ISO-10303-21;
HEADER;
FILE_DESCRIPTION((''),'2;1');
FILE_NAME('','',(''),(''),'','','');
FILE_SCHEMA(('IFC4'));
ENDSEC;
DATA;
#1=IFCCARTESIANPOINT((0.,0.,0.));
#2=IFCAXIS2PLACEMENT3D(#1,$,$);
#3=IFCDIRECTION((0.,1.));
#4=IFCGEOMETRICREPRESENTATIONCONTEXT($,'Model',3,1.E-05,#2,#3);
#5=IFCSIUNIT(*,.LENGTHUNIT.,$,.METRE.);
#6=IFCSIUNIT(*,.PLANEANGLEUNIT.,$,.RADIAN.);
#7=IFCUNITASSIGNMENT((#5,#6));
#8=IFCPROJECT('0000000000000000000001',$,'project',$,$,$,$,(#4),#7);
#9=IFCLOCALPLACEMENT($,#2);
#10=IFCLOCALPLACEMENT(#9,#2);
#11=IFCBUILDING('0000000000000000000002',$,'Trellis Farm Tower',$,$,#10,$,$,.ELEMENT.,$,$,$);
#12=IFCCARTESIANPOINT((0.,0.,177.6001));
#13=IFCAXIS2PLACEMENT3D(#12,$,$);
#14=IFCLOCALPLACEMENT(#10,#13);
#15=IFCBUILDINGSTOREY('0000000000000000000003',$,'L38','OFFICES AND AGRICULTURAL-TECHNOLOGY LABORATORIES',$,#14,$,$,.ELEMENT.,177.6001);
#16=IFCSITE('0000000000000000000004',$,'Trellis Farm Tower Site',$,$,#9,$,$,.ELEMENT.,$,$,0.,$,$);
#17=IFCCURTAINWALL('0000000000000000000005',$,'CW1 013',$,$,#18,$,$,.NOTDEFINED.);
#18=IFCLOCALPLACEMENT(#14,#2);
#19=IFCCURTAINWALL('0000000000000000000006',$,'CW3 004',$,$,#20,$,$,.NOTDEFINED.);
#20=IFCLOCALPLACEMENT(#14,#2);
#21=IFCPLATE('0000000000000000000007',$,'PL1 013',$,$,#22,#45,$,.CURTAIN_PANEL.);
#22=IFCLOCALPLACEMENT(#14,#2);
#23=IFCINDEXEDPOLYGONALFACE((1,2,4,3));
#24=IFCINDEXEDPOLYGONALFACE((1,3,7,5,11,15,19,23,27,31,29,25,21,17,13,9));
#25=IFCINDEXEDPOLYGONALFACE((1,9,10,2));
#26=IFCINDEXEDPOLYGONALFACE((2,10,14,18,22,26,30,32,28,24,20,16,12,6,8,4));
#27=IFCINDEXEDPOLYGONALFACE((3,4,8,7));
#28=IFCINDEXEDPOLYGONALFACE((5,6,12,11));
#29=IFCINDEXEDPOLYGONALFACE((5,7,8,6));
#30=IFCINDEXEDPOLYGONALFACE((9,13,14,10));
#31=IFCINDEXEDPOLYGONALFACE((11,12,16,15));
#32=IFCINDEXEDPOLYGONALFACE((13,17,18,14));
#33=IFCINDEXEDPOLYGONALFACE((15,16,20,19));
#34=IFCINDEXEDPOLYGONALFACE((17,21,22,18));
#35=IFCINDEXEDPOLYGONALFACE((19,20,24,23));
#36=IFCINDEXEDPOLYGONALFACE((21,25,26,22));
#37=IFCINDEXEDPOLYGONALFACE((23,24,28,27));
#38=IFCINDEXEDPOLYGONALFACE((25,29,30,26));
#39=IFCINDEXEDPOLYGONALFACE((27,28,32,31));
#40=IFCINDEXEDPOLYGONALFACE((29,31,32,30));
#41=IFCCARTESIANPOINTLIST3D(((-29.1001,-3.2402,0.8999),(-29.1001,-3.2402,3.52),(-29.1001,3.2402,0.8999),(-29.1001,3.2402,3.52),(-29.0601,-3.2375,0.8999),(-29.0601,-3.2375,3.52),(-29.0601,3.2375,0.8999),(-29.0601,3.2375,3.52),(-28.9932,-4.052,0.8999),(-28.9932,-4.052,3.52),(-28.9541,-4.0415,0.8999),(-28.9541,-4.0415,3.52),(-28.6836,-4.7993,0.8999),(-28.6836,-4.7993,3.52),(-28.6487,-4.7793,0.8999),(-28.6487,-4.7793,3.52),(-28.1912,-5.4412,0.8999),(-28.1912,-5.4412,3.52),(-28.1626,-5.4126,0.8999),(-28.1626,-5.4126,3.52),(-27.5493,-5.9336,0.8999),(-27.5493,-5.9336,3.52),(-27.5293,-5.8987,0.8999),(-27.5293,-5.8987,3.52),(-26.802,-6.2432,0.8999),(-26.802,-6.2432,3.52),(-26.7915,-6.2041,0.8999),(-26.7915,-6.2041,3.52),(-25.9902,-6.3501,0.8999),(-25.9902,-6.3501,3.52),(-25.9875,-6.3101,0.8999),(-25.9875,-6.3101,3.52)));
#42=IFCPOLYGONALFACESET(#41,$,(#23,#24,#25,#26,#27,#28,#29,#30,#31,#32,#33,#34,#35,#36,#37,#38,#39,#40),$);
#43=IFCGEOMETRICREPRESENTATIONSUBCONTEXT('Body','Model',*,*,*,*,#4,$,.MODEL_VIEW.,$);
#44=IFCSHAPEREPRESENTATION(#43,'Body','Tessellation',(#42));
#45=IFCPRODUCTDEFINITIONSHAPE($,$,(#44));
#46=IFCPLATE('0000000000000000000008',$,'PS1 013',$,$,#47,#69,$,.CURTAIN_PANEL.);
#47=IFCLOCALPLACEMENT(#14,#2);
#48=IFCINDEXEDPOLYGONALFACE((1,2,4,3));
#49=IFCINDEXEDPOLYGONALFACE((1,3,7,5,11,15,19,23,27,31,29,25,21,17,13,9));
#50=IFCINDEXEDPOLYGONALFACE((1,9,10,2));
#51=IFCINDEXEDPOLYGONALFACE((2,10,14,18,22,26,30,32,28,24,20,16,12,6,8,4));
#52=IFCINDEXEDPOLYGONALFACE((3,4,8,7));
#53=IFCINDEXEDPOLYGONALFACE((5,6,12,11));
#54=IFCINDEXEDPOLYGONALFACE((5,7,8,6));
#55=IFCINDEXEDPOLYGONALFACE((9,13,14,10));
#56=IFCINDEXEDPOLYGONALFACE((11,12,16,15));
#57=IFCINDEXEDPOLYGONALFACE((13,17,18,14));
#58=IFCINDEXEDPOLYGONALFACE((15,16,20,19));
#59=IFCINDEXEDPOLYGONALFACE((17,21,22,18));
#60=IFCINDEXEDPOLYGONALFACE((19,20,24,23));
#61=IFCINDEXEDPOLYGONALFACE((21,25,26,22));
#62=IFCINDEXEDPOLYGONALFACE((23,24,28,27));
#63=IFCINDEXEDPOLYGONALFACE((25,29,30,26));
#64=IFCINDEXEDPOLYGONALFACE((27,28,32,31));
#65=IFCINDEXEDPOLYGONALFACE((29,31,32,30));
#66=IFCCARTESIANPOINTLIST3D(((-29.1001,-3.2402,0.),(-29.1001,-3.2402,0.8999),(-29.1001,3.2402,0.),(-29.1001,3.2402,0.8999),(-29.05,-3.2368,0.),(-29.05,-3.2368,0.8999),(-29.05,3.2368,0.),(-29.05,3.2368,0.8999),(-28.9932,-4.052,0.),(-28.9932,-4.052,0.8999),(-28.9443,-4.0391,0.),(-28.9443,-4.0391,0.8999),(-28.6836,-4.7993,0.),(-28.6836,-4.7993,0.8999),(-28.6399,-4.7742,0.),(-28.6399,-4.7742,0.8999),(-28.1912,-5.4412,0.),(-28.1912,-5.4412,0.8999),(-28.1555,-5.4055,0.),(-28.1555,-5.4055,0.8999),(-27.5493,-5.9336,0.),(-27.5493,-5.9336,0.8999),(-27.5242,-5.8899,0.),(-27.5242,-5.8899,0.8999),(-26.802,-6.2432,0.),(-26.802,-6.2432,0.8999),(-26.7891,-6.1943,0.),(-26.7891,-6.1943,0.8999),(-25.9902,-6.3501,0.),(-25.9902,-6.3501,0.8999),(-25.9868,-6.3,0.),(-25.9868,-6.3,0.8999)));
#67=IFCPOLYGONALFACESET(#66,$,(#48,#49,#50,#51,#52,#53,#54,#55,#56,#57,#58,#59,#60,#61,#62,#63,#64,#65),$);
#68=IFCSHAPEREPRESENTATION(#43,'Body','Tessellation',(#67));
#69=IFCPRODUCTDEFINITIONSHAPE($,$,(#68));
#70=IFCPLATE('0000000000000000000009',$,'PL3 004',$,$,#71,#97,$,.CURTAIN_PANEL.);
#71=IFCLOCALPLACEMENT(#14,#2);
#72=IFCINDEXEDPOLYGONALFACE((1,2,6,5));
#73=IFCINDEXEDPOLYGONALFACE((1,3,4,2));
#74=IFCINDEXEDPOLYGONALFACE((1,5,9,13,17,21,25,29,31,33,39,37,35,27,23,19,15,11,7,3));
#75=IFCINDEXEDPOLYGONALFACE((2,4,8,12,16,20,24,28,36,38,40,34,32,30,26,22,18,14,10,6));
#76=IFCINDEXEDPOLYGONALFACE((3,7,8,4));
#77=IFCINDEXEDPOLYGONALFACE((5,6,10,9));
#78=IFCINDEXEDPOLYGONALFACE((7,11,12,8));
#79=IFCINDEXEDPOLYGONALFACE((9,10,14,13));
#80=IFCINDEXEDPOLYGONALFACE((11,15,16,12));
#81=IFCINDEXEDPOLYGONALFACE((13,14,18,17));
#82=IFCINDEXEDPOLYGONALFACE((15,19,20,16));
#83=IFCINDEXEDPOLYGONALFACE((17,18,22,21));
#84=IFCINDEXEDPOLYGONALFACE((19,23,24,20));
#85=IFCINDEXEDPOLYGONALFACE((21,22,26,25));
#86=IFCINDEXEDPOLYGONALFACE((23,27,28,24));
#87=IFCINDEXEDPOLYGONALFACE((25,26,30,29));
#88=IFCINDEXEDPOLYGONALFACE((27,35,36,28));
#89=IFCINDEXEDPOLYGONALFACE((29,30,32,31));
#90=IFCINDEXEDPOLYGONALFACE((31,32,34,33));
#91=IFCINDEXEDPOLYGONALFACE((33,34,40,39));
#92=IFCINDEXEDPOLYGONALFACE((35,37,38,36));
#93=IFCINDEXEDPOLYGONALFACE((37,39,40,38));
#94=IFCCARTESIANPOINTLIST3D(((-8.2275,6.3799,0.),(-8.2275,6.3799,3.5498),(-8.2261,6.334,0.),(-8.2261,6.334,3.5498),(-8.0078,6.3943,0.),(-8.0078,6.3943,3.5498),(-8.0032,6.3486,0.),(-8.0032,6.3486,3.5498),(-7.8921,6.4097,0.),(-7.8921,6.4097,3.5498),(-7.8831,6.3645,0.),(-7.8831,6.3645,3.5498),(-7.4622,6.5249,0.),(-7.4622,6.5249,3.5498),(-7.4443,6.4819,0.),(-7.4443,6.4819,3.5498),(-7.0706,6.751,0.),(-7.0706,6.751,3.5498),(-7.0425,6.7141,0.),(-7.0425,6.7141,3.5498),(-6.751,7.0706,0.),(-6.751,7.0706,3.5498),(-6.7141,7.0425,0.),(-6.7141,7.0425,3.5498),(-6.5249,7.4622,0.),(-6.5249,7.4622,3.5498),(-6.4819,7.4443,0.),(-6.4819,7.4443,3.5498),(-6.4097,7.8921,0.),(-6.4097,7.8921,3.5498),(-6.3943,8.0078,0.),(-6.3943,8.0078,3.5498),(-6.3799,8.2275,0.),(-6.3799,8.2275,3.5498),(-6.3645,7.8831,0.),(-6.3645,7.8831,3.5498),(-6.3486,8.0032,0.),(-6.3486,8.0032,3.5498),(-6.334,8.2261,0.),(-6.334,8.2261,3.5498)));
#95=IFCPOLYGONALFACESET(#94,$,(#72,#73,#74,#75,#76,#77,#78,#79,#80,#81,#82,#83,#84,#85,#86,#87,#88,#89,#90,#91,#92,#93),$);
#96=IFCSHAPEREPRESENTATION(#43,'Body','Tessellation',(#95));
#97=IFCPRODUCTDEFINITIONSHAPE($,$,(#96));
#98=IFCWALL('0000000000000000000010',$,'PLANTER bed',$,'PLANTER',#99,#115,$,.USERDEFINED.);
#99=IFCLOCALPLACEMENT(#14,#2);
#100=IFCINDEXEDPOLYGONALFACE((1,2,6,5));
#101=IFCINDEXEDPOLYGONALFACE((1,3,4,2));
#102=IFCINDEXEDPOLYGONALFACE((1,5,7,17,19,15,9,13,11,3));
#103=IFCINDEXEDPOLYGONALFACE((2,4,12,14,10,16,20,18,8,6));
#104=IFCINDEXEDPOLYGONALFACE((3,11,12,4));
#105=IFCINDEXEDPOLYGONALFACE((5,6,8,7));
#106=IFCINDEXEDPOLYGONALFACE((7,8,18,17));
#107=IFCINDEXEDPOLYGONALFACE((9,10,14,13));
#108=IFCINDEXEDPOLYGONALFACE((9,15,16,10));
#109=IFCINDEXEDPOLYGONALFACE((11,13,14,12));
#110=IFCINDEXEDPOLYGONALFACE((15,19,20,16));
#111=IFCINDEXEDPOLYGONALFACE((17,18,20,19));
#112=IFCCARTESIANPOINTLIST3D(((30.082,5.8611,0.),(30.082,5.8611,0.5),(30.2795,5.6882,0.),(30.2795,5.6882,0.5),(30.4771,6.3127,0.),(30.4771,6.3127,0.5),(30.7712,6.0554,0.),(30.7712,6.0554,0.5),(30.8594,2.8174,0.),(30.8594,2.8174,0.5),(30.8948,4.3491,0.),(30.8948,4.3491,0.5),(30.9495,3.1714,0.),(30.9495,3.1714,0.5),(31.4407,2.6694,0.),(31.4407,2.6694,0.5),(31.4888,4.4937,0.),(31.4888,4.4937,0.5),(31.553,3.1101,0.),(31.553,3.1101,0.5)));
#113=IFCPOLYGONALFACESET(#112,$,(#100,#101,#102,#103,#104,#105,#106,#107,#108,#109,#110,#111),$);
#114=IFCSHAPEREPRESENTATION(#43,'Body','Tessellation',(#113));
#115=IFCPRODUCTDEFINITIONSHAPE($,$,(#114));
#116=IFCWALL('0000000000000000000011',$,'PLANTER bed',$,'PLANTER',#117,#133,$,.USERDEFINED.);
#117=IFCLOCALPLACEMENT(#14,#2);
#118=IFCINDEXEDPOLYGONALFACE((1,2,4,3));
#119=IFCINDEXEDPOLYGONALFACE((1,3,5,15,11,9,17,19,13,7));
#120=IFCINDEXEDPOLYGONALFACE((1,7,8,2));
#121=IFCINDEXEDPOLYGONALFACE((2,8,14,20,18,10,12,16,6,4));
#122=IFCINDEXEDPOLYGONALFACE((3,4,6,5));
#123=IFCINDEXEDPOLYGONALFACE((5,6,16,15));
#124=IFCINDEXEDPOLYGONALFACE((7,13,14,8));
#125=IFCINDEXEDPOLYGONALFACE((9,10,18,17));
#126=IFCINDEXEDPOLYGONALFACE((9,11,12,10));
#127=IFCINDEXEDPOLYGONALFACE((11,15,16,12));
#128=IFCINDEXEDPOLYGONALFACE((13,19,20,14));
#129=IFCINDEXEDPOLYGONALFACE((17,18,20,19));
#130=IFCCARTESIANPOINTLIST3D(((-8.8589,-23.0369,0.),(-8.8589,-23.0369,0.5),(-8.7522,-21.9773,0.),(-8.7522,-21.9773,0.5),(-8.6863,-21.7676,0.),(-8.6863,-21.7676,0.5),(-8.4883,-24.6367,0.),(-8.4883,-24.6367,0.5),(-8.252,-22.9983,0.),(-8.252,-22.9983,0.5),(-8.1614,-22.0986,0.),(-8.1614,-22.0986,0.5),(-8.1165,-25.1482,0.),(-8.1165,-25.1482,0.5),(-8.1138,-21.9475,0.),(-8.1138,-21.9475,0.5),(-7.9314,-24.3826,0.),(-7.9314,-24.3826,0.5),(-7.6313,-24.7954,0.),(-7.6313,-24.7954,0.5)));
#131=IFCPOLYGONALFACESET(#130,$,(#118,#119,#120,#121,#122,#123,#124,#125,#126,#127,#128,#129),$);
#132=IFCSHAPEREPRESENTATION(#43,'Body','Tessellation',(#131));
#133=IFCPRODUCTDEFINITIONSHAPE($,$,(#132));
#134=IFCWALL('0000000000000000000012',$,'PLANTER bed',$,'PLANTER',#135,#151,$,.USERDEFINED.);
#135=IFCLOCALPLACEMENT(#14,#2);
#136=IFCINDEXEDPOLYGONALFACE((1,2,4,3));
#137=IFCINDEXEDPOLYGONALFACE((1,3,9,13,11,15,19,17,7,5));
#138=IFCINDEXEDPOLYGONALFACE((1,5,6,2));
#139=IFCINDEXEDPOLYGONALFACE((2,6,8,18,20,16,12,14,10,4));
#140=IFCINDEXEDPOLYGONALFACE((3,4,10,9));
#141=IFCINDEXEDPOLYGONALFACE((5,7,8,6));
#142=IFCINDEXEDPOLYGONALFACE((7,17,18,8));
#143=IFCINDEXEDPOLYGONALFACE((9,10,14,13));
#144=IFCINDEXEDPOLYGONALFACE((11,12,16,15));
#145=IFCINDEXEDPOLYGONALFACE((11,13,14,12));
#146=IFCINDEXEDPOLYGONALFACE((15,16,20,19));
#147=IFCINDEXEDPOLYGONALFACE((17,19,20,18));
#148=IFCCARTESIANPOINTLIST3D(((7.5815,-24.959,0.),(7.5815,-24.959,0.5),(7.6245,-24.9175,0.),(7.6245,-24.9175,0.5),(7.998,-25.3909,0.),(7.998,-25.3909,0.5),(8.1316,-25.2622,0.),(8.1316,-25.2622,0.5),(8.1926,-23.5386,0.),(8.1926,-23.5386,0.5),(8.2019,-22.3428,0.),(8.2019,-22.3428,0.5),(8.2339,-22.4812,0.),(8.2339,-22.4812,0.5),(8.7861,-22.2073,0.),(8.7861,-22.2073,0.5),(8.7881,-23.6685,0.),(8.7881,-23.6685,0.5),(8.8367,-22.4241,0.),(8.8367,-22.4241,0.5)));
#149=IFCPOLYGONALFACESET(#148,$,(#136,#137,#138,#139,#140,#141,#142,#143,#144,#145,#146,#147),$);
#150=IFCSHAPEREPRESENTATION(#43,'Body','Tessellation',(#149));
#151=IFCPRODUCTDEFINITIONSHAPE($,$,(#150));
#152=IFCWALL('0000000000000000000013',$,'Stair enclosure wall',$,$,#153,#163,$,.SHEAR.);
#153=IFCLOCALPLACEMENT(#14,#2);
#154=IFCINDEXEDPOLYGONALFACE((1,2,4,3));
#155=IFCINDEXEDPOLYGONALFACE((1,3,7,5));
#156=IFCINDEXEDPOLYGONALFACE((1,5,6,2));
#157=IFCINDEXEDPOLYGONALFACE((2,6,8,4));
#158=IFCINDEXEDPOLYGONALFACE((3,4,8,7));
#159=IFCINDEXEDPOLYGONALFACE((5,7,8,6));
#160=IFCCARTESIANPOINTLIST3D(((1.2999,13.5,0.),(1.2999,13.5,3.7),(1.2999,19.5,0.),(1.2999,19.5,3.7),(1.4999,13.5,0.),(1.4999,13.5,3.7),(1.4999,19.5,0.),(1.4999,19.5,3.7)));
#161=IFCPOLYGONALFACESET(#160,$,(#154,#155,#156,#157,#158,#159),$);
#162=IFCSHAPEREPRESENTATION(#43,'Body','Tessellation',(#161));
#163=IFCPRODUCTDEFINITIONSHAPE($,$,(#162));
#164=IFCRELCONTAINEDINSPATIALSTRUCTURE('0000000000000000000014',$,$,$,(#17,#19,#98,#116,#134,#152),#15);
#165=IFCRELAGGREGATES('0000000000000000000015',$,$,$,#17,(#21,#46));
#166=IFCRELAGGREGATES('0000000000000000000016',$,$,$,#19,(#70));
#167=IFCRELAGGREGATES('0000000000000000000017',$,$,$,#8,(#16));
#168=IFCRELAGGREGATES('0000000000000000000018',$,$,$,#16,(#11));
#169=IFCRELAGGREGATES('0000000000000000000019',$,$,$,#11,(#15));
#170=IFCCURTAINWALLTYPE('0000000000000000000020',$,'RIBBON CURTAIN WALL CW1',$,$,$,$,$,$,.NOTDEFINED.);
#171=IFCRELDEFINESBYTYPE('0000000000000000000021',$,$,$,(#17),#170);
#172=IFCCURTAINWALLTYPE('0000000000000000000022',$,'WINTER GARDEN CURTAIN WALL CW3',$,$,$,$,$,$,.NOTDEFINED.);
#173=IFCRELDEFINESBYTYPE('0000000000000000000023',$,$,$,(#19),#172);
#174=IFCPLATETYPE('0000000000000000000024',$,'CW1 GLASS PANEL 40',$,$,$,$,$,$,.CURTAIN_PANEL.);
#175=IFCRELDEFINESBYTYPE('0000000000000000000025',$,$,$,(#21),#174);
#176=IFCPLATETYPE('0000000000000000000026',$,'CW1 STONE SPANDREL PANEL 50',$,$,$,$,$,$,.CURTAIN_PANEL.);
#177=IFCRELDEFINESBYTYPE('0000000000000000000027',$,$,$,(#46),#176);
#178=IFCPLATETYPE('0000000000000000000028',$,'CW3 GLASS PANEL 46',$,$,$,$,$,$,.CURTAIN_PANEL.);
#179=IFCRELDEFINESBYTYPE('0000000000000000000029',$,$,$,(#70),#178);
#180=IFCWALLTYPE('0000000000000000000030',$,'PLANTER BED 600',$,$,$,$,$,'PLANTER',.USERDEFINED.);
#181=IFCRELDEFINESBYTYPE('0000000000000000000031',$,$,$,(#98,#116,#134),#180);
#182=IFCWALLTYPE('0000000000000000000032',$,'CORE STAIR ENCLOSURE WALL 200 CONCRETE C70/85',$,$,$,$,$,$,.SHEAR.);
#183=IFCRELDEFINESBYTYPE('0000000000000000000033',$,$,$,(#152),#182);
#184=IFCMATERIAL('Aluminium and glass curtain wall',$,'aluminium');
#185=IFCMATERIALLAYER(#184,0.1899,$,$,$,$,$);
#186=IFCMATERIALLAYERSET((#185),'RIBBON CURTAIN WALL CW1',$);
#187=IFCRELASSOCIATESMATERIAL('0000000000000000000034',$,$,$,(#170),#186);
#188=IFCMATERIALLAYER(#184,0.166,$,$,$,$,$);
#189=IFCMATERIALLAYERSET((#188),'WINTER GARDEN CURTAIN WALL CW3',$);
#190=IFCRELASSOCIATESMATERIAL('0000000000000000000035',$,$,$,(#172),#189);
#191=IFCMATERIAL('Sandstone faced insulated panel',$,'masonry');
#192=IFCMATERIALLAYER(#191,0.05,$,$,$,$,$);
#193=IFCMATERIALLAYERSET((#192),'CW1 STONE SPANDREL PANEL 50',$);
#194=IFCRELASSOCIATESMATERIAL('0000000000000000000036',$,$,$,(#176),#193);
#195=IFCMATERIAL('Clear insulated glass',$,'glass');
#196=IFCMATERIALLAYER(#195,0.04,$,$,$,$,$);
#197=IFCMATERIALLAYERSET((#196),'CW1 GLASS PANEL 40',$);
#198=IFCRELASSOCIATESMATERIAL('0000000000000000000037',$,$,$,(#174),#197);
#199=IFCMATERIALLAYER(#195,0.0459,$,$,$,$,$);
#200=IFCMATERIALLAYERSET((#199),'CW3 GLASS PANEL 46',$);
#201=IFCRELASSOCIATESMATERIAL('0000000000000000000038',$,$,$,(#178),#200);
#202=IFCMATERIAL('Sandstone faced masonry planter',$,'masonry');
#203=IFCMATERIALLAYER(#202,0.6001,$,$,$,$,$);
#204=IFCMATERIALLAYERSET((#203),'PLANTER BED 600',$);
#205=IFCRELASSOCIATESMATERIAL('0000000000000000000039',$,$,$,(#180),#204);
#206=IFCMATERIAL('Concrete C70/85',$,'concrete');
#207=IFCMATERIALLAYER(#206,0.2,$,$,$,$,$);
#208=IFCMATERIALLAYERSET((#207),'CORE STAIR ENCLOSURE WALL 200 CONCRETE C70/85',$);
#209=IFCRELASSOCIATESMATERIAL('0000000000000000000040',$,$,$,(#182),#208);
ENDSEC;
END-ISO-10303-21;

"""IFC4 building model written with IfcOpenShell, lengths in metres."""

from ifc_helpers import new_model, si_unit, direction, frame, frame_2d, origin, place, context, subcontext, project, spatial, polyline, rectangle, outline, extrude, source, transform, mapped, material, layer, layer_set, type_object, element, aggregate, save


model = new_model("IFC4")

# Units and contexts
model_context = context("Model", 3, precision=1e-05, world=origin(), true_north=direction((0.0, 1.0)))
body_context = subcontext(model_context, "Body", "Model", "MODEL_VIEW")
ifc_project = project(units=[si_unit("LENGTHUNIT", "METRE"), si_unit("PLANEANGLEUNIT", "RADIAN")], contexts=[model_context])

# Site, building, storey
site_placement = place(None, origin())
site = spatial("IfcSite", under=ifc_project, at=site_placement, Name="Trellis Farm Tower Site", CompositionType="ELEMENT", RefElevation=0.0)
building_placement = place(site_placement, origin())
building = spatial("IfcBuilding", under=site, at=building_placement, Name="Trellis Farm Tower", CompositionType="ELEMENT")
storey_placement = place(building_placement, frame((0.0, 0.0, 177.6001)))
storey = spatial("IfcBuildingStorey", under=building, at=storey_placement, Name="L38", Description="OFFICES AND AGRICULTURAL-TECHNOLOGY LABORATORIES", CompositionType="ELEMENT", Elevation=177.6001)

# Shared definitions
ifc_material_1 = material(Name="Aluminium and glass curtain wall", Category="aluminium")
ifc_layer_1 = layer(ifc_material_1, 0.1899)
ifc_layer_set_1 = layer_set([ifc_layer_1], Name="RIBBON CURTAIN WALL CW1")
curtain_wall_type_1 = type_object("IfcCurtainWallType", Name="RIBBON CURTAIN WALL CW1", PredefinedType="NOTDEFINED", material=ifc_layer_set_1)
placement_1 = place(storey_placement, origin())

# Curtain walls
curtain_wall_1 = element("IfcCurtainWall", 1, at=placement_1, inside=storey, type_object=curtain_wall_type_1, Name="CW1 013", PredefinedType="NOTDEFINED")
ifc_layer_2 = layer(ifc_material_1, 0.166)
ifc_layer_set_2 = layer_set([ifc_layer_2], Name="WINTER GARDEN CURTAIN WALL CW3")
curtain_wall_type_2 = type_object("IfcCurtainWallType", Name="WINTER GARDEN CURTAIN WALL CW3", PredefinedType="NOTDEFINED", material=ifc_layer_set_2)
curtain_wall_2 = element("IfcCurtainWall", 2, at=placement_1, inside=storey, type_object=curtain_wall_type_2, Name="CW3 004", PredefinedType="NOTDEFINED")

# Plates
ifc_material_2 = material(Name="Sandstone faced insulated panel", Category="masonry")
ifc_layer_3 = layer(ifc_material_2, 0.05)
ifc_layer_set_3 = layer_set([ifc_layer_3], Name="CW1 STONE SPANDREL PANEL 50")
plate_type_1 = type_object("IfcPlateType", Name="CW1 STONE SPANDREL PANEL 50", PredefinedType="CURTAIN_PANEL", material=ifc_layer_set_3)
ifc_material_3 = material(Name="Clear insulated glass", Category="glass")
ifc_layer_4 = layer(ifc_material_3, 0.04)
ifc_layer_set_4 = layer_set([ifc_layer_4], Name="CW1 GLASS PANEL 40")
plate_type_2 = type_object("IfcPlateType", Name="CW1 GLASS PANEL 40", PredefinedType="CURTAIN_PANEL", material=ifc_layer_set_4)
placement_2 = place(storey_placement, frame((0.0, 0.0, 0.8999)))
shared_shape_1 = source(origin(), body_context, "Body", "SweptSolid", [
    extrude(outline(polyline([(-29.1001, 3.2402), (-29.1001, -3.2402), (-28.9932, -4.052), (-28.6836, -4.7993), (-28.1912, -5.4412), (-27.5493, -5.9336), (-26.802, -6.2432), (-25.9902, -6.3501), (-25.9875, -6.3101), (-26.7915, -6.2041), (-27.5293, -5.8987), (-28.1626, -5.4126), (-28.6487, -4.7793), (-28.9541, -4.0415), (-29.0601, -3.2375), (-29.0601, 3.2375), (-29.1001, 3.2402)])), origin(), (0.0, 0.0, 1.0), 2.6201),
])
plate_1 = element("IfcPlate", 3, at=placement_2, type_object=plate_type_2, Name="PL1 013", PredefinedType="CURTAIN_PANEL", context=body_context, shape_type="MappedRepresentation", body=[
    mapped(shared_shape_1, transform((0.0, 0.0, 0.0))),
])
shared_shape_2 = source(origin(), body_context, "Body", "SweptSolid", [
    extrude(outline(polyline([(-29.1001, 3.2402), (-29.1001, -3.2402), (-28.9932, -4.052), (-28.6836, -4.7993), (-28.1912, -5.4412), (-27.5493, -5.9336), (-26.802, -6.2432), (-25.9902, -6.3501), (-25.9868, -6.3), (-26.7891, -6.1943), (-27.5242, -5.8899), (-28.1555, -5.4055), (-28.6399, -4.7742), (-28.9443, -4.0391), (-29.05, -3.2368), (-29.05, 3.2368), (-29.1001, 3.2402)])), origin(), (0.0, 0.0, 1.0), 0.8999),
])
plate_2 = element("IfcPlate", 4, at=placement_1, type_object=plate_type_1, Name="PS1 013", PredefinedType="CURTAIN_PANEL", context=body_context, shape_type="MappedRepresentation", body=[
    mapped(shared_shape_2, transform((0.0, 0.0, 0.0))),
])
aggregate(curtain_wall_1, [plate_1, plate_2])
ifc_layer_5 = layer(ifc_material_3, 0.0459)
ifc_layer_set_5 = layer_set([ifc_layer_5], Name="CW3 GLASS PANEL 46")
plate_type_3 = type_object("IfcPlateType", Name="CW3 GLASS PANEL 46", PredefinedType="CURTAIN_PANEL", material=ifc_layer_set_5)
shared_shape_3 = source(origin(), body_context, "Body", "SweptSolid", [
    extrude(outline(polyline([(-6.3799, 8.2275), (-6.3943, 8.0078), (-6.4097, 7.8921), (-6.5249, 7.4622), (-6.751, 7.0706), (-7.0706, 6.751), (-7.4622, 6.5249), (-7.8921, 6.4097), (-8.0078, 6.3943), (-8.2275, 6.3799), (-8.2261, 6.334), (-8.0032, 6.3486), (-7.8831, 6.3645), (-7.4443, 6.4819), (-7.0425, 6.7141), (-6.7141, 7.0425), (-6.4819, 7.4443), (-6.3645, 7.8831), (-6.3486, 8.0032), (-6.334, 8.2261), (-6.3799, 8.2275)])), origin(), (0.0, 0.0, 1.0), 3.5498),
])
plate_3 = element("IfcPlate", 5, at=placement_1, type_object=plate_type_3, Name="PL3 004", PredefinedType="CURTAIN_PANEL", context=body_context, shape_type="MappedRepresentation", body=[
    mapped(shared_shape_3, transform((0.0, 0.0, 0.0))),
])
aggregate(curtain_wall_2, [plate_3])

# Walls
ifc_material_4 = material(Name="Sandstone faced masonry planter", Category="masonry")
ifc_layer_6 = layer(ifc_material_4, 0.6001)
ifc_layer_set_6 = layer_set([ifc_layer_6], Name="PLANTER BED 600")
wall_type_1 = type_object("IfcWallType", Name="PLANTER BED 600", ElementType="PLANTER", PredefinedType="USERDEFINED", material=ifc_layer_set_6)
element("IfcWall", 6, at=placement_1, inside=storey, type_object=wall_type_1, Name="PLANTER bed", ObjectType="PLANTER", PredefinedType="USERDEFINED", context=body_context, shape_type="SweptSolid", body=[
    extrude(outline(polyline([(30.7712, 6.0554), (31.4888, 4.4937), (31.553, 3.1101), (31.4407, 2.6694), (30.8594, 2.8174), (30.9495, 3.1714), (30.8948, 4.3491), (30.2795, 5.6882), (30.082, 5.8611), (30.4771, 6.3127), (30.7712, 6.0554)])), origin(), (0.0, 0.0, 1.0), 0.5),
])
element("IfcWall", 7, at=placement_1, inside=storey, type_object=wall_type_1, Name="PLANTER bed", ObjectType="PLANTER", PredefinedType="USERDEFINED", context=body_context, shape_type="SweptSolid", body=[
    extrude(outline(polyline([(-8.8589, -23.0369), (-8.7522, -21.9773), (-8.6863, -21.7676), (-8.1138, -21.9475), (-8.1614, -22.0986), (-8.252, -22.9983), (-7.9314, -24.3826), (-7.6313, -24.7954), (-8.1165, -25.1482), (-8.4883, -24.6367), (-8.8589, -23.0369)])), origin(), (0.0, 0.0, 1.0), 0.5),
])
element("IfcWall", 8, at=placement_1, inside=storey, type_object=wall_type_1, Name="PLANTER bed", ObjectType="PLANTER", PredefinedType="USERDEFINED", context=body_context, shape_type="SweptSolid", body=[
    extrude(outline(polyline([(8.7881, -23.6685), (8.1316, -25.2622), (7.998, -25.3909), (7.5815, -24.959), (7.6245, -24.9175), (8.1926, -23.5386), (8.2339, -22.4812), (8.2019, -22.3428), (8.7861, -22.2073), (8.8367, -22.4241), (8.7881, -23.6685)])), origin(), (0.0, 0.0, 1.0), 0.5),
])
ifc_material_5 = material(Name="Concrete C70/85", Category="concrete")
ifc_layer_7 = layer(ifc_material_5, 0.2)
ifc_layer_set_7 = layer_set([ifc_layer_7], Name="CORE STAIR ENCLOSURE WALL 200 CONCRETE C70/85")
wall_type_2 = type_object("IfcWallType", Name="CORE STAIR ENCLOSURE WALL 200 CONCRETE C70/85", PredefinedType="SHEAR", material=ifc_layer_set_7)
shared_shape_4 = source(origin(), body_context, "Body", "SweptSolid", [
    extrude(rectangle(XDim=6.0, YDim=0.2, at=frame_2d((3.0, 0.0))), origin(), (0.0, 0.0, 1.0), 3.7),
])
wall_1_placement = place(storey_placement, frame((1.3999, 13.5, 0.0), z_axis=(0.0, 0.0, 1.0), x_axis=(0.0, 1.0, 0.0)))
element("IfcWall", 9, at=wall_1_placement, inside=storey, type_object=wall_type_2, Name="Stair enclosure wall", PredefinedType="SHEAR", context=body_context, shape_type="MappedRepresentation", body=[
    mapped(shared_shape_4, transform((0.0, 0.0, 0.0))),
])

save(model, "model.ifc")
